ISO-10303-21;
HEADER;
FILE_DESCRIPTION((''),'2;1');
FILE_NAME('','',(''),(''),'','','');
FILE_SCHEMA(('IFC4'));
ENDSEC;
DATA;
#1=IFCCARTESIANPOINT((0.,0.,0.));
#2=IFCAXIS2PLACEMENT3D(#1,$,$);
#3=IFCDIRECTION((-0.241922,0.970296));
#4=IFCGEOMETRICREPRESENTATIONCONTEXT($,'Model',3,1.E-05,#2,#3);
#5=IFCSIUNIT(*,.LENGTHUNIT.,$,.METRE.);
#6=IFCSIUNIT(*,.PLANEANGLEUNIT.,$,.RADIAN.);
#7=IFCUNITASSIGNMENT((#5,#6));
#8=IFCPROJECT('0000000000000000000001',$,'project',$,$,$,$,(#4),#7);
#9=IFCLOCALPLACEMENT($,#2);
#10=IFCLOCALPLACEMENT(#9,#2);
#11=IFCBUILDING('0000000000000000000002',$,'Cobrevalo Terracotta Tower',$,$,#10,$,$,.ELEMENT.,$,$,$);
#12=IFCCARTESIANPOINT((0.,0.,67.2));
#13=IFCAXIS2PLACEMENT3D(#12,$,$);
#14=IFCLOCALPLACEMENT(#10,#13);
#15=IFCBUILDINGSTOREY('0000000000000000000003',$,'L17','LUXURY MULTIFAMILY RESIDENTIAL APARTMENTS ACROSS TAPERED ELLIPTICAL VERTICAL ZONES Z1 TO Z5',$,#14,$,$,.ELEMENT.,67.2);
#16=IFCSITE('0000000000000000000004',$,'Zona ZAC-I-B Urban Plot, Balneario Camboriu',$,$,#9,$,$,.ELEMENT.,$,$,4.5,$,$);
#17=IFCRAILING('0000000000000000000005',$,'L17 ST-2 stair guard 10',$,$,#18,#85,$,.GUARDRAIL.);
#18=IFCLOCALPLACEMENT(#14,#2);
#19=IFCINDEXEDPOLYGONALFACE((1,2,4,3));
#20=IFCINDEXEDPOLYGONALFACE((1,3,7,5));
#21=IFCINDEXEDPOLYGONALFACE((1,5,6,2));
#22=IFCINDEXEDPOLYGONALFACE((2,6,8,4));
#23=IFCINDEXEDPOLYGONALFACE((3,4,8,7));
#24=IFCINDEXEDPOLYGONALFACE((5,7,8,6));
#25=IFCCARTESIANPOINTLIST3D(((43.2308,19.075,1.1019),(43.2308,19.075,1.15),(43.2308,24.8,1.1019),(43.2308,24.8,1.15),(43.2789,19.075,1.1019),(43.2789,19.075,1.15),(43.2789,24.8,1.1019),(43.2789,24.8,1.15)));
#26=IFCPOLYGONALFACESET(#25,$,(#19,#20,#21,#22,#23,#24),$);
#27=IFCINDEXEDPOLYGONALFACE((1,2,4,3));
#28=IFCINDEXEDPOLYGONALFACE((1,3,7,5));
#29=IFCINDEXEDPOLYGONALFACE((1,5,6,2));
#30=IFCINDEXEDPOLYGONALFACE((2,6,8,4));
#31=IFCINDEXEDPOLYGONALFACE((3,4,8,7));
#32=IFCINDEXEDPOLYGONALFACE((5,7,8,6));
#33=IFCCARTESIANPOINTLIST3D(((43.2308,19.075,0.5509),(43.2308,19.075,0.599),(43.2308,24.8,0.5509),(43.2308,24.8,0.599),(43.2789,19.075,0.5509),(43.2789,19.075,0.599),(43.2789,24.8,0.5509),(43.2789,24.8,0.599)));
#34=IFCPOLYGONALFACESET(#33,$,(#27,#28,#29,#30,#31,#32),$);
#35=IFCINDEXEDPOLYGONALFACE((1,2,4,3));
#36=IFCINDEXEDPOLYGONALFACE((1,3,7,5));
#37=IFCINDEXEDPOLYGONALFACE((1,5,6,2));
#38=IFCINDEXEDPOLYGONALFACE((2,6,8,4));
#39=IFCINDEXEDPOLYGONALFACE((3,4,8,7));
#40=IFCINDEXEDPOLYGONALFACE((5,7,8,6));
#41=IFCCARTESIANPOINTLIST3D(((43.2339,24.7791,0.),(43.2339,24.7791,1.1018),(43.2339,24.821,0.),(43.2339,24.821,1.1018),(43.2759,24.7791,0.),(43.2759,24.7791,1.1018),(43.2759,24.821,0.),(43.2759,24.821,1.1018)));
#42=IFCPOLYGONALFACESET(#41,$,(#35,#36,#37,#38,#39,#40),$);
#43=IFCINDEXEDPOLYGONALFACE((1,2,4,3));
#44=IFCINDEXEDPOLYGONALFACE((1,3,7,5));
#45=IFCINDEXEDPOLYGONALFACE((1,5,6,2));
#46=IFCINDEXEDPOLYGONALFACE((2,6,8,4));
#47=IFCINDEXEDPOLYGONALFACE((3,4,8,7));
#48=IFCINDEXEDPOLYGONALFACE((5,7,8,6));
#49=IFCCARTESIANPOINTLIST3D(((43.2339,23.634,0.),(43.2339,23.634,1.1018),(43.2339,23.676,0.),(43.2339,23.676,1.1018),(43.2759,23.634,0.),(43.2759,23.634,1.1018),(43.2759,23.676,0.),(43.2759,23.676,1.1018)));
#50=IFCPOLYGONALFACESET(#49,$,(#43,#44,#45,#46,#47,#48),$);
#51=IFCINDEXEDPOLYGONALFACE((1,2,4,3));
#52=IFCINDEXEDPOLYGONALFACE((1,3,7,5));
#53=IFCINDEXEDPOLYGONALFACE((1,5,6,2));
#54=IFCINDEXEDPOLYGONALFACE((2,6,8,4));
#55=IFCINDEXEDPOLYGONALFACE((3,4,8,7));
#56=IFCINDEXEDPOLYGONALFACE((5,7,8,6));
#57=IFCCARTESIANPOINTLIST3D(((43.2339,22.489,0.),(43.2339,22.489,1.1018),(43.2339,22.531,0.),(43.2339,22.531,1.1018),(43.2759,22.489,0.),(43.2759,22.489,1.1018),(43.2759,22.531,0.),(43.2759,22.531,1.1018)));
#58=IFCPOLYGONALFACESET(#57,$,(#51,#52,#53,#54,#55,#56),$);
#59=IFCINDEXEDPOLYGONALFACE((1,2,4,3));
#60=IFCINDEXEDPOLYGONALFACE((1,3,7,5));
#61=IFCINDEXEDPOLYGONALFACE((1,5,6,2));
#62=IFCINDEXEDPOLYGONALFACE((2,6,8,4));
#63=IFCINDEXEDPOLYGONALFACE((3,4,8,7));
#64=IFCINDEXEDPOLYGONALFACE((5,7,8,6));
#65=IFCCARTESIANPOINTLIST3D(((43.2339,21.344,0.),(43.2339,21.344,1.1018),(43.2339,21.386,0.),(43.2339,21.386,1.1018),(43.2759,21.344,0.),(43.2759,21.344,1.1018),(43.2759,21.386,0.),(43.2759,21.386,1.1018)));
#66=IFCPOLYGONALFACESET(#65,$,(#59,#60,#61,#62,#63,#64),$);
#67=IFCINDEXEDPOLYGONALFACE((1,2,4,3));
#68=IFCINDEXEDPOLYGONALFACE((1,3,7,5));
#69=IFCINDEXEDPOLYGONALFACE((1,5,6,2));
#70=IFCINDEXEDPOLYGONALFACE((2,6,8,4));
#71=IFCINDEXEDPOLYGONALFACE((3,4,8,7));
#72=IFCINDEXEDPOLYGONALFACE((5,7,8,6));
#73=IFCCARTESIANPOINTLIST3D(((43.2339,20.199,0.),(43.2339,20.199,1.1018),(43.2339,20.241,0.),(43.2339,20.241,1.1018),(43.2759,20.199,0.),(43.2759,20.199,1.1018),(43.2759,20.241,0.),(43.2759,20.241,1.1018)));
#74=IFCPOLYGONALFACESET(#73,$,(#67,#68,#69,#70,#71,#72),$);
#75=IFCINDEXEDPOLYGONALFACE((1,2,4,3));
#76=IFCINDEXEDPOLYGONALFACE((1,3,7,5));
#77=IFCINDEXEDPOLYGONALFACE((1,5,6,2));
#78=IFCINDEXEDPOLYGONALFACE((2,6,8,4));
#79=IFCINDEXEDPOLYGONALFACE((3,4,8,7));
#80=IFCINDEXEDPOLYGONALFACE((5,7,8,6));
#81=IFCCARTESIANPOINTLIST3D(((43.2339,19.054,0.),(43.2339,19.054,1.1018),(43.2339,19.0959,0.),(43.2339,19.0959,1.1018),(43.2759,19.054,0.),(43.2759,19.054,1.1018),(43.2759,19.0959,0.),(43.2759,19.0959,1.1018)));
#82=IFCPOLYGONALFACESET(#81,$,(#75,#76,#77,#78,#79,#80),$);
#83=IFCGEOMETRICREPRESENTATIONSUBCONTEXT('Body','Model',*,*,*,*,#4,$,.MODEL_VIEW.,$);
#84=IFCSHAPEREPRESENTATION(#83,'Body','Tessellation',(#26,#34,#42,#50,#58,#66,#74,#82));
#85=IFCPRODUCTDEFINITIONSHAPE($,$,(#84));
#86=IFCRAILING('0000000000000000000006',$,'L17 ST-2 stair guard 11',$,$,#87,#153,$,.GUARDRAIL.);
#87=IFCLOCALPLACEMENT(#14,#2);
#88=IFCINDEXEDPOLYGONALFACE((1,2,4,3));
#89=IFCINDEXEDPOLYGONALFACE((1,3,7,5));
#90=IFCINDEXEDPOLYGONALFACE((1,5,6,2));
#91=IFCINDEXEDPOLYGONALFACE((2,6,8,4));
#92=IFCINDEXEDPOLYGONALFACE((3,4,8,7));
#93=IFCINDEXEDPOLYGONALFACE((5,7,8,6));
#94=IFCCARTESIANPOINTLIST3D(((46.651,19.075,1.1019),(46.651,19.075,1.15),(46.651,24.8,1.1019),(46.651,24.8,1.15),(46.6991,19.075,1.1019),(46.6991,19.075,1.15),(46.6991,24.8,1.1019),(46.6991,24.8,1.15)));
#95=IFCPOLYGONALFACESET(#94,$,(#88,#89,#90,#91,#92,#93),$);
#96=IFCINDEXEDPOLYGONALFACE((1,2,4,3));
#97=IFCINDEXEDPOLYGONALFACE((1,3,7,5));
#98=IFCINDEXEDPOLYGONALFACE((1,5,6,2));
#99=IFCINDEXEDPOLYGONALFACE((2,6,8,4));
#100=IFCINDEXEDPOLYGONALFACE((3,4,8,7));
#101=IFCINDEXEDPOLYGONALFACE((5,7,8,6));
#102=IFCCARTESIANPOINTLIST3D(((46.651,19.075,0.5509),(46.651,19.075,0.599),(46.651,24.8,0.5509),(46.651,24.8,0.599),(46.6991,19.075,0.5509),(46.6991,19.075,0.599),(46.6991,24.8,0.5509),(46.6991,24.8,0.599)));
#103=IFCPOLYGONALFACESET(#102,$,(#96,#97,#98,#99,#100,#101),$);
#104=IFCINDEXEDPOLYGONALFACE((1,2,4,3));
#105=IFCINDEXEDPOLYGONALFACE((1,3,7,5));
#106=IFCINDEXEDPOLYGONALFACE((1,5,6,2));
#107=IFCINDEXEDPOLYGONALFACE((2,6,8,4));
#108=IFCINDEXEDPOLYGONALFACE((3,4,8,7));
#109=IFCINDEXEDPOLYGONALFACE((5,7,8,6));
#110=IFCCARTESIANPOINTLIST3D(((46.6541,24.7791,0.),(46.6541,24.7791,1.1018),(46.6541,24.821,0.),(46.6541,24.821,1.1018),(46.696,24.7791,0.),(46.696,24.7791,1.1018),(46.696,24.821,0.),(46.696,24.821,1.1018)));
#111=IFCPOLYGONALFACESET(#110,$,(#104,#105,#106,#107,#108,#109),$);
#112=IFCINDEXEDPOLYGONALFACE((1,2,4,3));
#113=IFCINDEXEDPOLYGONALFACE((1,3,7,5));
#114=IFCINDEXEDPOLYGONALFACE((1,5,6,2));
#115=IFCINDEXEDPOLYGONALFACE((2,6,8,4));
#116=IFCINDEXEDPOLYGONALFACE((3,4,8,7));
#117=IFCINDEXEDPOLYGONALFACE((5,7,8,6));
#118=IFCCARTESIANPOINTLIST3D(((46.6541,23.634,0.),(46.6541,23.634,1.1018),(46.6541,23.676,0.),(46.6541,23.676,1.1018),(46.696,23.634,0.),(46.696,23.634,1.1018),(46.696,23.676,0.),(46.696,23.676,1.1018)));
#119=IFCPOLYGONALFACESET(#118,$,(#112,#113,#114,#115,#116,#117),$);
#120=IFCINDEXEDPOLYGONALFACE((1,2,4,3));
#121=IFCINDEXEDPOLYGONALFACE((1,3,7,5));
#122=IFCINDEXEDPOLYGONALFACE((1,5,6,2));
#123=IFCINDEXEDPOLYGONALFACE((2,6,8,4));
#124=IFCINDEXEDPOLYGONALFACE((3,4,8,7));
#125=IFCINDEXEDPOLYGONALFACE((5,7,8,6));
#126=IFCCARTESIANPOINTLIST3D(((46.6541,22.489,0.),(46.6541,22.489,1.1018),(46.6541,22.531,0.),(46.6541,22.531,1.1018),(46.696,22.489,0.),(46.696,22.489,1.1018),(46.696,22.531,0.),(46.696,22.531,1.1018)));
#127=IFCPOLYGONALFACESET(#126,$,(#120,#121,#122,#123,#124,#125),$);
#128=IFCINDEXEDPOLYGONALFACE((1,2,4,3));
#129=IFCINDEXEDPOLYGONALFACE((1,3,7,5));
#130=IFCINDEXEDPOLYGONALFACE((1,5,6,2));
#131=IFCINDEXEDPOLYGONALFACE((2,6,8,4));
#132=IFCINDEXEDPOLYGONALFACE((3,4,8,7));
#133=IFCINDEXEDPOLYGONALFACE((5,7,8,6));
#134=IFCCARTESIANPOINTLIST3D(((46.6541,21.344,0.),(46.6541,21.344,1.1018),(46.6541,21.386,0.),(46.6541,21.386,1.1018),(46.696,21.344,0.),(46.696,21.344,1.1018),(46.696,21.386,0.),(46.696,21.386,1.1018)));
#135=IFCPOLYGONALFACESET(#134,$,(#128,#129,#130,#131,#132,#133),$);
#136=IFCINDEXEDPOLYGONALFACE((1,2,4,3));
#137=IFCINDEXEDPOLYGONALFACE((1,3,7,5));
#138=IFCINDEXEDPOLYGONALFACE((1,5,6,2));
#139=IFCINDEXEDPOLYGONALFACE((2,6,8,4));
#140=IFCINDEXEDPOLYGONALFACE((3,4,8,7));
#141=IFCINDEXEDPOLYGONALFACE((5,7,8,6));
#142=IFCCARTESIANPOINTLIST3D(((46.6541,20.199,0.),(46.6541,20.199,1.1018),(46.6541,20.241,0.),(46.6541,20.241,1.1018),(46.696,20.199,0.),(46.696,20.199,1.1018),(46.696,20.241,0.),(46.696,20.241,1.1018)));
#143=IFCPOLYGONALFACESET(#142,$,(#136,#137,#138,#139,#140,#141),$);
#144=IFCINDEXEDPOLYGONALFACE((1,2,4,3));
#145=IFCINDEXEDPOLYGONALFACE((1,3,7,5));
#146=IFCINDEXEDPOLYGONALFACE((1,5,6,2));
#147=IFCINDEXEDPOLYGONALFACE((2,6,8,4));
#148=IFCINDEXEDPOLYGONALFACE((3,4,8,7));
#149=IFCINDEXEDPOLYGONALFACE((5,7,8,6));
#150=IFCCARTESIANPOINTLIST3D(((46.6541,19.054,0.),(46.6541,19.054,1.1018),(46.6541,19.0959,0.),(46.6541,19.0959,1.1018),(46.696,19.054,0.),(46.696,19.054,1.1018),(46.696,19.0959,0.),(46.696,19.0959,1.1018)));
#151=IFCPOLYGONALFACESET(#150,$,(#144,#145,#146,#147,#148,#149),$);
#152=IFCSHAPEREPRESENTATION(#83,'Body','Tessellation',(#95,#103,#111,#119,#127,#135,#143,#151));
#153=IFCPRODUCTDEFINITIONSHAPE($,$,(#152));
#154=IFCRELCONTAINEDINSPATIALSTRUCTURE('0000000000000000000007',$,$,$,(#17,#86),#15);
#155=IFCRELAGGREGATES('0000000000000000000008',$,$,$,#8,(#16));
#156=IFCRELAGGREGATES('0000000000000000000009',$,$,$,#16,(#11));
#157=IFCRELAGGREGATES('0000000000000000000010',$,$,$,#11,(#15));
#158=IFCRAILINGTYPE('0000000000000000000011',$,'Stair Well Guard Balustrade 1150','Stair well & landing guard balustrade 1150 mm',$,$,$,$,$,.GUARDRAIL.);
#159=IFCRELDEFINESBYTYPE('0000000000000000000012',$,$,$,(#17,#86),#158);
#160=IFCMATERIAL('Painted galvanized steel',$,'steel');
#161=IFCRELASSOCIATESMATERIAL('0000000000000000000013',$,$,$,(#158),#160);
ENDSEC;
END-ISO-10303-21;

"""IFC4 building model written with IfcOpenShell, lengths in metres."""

from ifc_helpers import new_model, si_unit, direction, frame, origin, origin_2d, place, context, subcontext, project, spatial, rectangle, extrude, material, type_object, element, save


model = new_model("IFC4")

# Units and contexts
model_context = context("Model", 3, precision=1e-05, world=origin(), true_north=direction((-0.241922, 0.970296)))
body_context = subcontext(model_context, "Body", "Model", "MODEL_VIEW")
ifc_project = project(units=[si_unit("LENGTHUNIT", "METRE"), si_unit("PLANEANGLEUNIT", "RADIAN")], contexts=[model_context])

# Site, building, storey
site_placement = place(None, origin())
site = spatial("IfcSite", under=ifc_project, at=site_placement, Name="Zona ZAC-I-B Urban Plot, Balneario Camboriu", CompositionType="ELEMENT", RefElevation=4.5)
building_placement = place(site_placement, origin())
building = spatial("IfcBuilding", under=site, at=building_placement, Name="Cobrevalo Terracotta Tower", CompositionType="ELEMENT")
storey_placement = place(building_placement, frame((0.0, 0.0, 67.2)))
storey = spatial("IfcBuildingStorey", under=building, at=storey_placement, Name="L17", Description="LUXURY MULTIFAMILY RESIDENTIAL APARTMENTS ACROSS TAPERED ELLIPTICAL VERTICAL ZONES Z1 TO Z5", CompositionType="ELEMENT", Elevation=67.2)

# Railings
ifc_material_1 = material(Name="Painted galvanized steel", Category="steel")
railing_type_1 = type_object("IfcRailingType", Name="Stair Well Guard Balustrade 1150", Description="Stair well & landing guard balustrade 1150 mm", PredefinedType="GUARDRAIL", material=ifc_material_1)
for number, where, name in (
    (1, (43.2549, 24.8, 0.0), "L17 ST-2 stair guard 10"),
    (2, (46.675, 24.8, 0.0), "L17 ST-2 stair guard 11"),
):
    element("IfcRailing", number, at=place(storey_placement, frame(where)), inside=storey, type_object=railing_type_1, Name=name, PredefinedType="GUARDRAIL", context=body_context, shape_type="SweptSolid", body=[
        extrude(rectangle(XDim=0.0481, YDim=0.0481, at=origin_2d()), frame((0.0, 0.0, 1.126), z_axis=(0.0, -1.0, 0.0), x_axis=(1.0, 0.0, 0.0)), (0.0, 0.0, 1.0), 5.7251),
        extrude(rectangle(XDim=0.0481, YDim=0.0481, at=origin_2d()), frame((0.0, 0.0, 0.575), z_axis=(0.0, -1.0, 0.0), x_axis=(1.0, 0.0, 0.0)), (0.0, 0.0, 1.0), 5.7251),
        extrude(rectangle(XDim=0.042, YDim=0.042, at=origin_2d()), origin(), (0.0, 0.0, 1.0), 1.1018),
        extrude(rectangle(XDim=0.042, YDim=0.042, at=origin_2d()), frame((0.0, -1.145, 0.0)), (0.0, 0.0, 1.0), 1.1018),
        extrude(rectangle(XDim=0.042, YDim=0.042, at=origin_2d()), frame((0.0, -2.29, 0.0)), (0.0, 0.0, 1.0), 1.1018),
        extrude(rectangle(XDim=0.042, YDim=0.042, at=origin_2d()), frame((0.0, -3.4351, 0.0)), (0.0, 0.0, 1.0), 1.1018),
        extrude(rectangle(XDim=0.042, YDim=0.042, at=origin_2d()), frame((0.0, -4.5801, 0.0)), (0.0, 0.0, 1.0), 1.1018),
        extrude(rectangle(XDim=0.042, YDim=0.042, at=origin_2d()), frame((0.0, -5.7251, 0.0)), (0.0, 0.0, 1.0), 1.1018),
    ])

save(model, "model.ifc")
